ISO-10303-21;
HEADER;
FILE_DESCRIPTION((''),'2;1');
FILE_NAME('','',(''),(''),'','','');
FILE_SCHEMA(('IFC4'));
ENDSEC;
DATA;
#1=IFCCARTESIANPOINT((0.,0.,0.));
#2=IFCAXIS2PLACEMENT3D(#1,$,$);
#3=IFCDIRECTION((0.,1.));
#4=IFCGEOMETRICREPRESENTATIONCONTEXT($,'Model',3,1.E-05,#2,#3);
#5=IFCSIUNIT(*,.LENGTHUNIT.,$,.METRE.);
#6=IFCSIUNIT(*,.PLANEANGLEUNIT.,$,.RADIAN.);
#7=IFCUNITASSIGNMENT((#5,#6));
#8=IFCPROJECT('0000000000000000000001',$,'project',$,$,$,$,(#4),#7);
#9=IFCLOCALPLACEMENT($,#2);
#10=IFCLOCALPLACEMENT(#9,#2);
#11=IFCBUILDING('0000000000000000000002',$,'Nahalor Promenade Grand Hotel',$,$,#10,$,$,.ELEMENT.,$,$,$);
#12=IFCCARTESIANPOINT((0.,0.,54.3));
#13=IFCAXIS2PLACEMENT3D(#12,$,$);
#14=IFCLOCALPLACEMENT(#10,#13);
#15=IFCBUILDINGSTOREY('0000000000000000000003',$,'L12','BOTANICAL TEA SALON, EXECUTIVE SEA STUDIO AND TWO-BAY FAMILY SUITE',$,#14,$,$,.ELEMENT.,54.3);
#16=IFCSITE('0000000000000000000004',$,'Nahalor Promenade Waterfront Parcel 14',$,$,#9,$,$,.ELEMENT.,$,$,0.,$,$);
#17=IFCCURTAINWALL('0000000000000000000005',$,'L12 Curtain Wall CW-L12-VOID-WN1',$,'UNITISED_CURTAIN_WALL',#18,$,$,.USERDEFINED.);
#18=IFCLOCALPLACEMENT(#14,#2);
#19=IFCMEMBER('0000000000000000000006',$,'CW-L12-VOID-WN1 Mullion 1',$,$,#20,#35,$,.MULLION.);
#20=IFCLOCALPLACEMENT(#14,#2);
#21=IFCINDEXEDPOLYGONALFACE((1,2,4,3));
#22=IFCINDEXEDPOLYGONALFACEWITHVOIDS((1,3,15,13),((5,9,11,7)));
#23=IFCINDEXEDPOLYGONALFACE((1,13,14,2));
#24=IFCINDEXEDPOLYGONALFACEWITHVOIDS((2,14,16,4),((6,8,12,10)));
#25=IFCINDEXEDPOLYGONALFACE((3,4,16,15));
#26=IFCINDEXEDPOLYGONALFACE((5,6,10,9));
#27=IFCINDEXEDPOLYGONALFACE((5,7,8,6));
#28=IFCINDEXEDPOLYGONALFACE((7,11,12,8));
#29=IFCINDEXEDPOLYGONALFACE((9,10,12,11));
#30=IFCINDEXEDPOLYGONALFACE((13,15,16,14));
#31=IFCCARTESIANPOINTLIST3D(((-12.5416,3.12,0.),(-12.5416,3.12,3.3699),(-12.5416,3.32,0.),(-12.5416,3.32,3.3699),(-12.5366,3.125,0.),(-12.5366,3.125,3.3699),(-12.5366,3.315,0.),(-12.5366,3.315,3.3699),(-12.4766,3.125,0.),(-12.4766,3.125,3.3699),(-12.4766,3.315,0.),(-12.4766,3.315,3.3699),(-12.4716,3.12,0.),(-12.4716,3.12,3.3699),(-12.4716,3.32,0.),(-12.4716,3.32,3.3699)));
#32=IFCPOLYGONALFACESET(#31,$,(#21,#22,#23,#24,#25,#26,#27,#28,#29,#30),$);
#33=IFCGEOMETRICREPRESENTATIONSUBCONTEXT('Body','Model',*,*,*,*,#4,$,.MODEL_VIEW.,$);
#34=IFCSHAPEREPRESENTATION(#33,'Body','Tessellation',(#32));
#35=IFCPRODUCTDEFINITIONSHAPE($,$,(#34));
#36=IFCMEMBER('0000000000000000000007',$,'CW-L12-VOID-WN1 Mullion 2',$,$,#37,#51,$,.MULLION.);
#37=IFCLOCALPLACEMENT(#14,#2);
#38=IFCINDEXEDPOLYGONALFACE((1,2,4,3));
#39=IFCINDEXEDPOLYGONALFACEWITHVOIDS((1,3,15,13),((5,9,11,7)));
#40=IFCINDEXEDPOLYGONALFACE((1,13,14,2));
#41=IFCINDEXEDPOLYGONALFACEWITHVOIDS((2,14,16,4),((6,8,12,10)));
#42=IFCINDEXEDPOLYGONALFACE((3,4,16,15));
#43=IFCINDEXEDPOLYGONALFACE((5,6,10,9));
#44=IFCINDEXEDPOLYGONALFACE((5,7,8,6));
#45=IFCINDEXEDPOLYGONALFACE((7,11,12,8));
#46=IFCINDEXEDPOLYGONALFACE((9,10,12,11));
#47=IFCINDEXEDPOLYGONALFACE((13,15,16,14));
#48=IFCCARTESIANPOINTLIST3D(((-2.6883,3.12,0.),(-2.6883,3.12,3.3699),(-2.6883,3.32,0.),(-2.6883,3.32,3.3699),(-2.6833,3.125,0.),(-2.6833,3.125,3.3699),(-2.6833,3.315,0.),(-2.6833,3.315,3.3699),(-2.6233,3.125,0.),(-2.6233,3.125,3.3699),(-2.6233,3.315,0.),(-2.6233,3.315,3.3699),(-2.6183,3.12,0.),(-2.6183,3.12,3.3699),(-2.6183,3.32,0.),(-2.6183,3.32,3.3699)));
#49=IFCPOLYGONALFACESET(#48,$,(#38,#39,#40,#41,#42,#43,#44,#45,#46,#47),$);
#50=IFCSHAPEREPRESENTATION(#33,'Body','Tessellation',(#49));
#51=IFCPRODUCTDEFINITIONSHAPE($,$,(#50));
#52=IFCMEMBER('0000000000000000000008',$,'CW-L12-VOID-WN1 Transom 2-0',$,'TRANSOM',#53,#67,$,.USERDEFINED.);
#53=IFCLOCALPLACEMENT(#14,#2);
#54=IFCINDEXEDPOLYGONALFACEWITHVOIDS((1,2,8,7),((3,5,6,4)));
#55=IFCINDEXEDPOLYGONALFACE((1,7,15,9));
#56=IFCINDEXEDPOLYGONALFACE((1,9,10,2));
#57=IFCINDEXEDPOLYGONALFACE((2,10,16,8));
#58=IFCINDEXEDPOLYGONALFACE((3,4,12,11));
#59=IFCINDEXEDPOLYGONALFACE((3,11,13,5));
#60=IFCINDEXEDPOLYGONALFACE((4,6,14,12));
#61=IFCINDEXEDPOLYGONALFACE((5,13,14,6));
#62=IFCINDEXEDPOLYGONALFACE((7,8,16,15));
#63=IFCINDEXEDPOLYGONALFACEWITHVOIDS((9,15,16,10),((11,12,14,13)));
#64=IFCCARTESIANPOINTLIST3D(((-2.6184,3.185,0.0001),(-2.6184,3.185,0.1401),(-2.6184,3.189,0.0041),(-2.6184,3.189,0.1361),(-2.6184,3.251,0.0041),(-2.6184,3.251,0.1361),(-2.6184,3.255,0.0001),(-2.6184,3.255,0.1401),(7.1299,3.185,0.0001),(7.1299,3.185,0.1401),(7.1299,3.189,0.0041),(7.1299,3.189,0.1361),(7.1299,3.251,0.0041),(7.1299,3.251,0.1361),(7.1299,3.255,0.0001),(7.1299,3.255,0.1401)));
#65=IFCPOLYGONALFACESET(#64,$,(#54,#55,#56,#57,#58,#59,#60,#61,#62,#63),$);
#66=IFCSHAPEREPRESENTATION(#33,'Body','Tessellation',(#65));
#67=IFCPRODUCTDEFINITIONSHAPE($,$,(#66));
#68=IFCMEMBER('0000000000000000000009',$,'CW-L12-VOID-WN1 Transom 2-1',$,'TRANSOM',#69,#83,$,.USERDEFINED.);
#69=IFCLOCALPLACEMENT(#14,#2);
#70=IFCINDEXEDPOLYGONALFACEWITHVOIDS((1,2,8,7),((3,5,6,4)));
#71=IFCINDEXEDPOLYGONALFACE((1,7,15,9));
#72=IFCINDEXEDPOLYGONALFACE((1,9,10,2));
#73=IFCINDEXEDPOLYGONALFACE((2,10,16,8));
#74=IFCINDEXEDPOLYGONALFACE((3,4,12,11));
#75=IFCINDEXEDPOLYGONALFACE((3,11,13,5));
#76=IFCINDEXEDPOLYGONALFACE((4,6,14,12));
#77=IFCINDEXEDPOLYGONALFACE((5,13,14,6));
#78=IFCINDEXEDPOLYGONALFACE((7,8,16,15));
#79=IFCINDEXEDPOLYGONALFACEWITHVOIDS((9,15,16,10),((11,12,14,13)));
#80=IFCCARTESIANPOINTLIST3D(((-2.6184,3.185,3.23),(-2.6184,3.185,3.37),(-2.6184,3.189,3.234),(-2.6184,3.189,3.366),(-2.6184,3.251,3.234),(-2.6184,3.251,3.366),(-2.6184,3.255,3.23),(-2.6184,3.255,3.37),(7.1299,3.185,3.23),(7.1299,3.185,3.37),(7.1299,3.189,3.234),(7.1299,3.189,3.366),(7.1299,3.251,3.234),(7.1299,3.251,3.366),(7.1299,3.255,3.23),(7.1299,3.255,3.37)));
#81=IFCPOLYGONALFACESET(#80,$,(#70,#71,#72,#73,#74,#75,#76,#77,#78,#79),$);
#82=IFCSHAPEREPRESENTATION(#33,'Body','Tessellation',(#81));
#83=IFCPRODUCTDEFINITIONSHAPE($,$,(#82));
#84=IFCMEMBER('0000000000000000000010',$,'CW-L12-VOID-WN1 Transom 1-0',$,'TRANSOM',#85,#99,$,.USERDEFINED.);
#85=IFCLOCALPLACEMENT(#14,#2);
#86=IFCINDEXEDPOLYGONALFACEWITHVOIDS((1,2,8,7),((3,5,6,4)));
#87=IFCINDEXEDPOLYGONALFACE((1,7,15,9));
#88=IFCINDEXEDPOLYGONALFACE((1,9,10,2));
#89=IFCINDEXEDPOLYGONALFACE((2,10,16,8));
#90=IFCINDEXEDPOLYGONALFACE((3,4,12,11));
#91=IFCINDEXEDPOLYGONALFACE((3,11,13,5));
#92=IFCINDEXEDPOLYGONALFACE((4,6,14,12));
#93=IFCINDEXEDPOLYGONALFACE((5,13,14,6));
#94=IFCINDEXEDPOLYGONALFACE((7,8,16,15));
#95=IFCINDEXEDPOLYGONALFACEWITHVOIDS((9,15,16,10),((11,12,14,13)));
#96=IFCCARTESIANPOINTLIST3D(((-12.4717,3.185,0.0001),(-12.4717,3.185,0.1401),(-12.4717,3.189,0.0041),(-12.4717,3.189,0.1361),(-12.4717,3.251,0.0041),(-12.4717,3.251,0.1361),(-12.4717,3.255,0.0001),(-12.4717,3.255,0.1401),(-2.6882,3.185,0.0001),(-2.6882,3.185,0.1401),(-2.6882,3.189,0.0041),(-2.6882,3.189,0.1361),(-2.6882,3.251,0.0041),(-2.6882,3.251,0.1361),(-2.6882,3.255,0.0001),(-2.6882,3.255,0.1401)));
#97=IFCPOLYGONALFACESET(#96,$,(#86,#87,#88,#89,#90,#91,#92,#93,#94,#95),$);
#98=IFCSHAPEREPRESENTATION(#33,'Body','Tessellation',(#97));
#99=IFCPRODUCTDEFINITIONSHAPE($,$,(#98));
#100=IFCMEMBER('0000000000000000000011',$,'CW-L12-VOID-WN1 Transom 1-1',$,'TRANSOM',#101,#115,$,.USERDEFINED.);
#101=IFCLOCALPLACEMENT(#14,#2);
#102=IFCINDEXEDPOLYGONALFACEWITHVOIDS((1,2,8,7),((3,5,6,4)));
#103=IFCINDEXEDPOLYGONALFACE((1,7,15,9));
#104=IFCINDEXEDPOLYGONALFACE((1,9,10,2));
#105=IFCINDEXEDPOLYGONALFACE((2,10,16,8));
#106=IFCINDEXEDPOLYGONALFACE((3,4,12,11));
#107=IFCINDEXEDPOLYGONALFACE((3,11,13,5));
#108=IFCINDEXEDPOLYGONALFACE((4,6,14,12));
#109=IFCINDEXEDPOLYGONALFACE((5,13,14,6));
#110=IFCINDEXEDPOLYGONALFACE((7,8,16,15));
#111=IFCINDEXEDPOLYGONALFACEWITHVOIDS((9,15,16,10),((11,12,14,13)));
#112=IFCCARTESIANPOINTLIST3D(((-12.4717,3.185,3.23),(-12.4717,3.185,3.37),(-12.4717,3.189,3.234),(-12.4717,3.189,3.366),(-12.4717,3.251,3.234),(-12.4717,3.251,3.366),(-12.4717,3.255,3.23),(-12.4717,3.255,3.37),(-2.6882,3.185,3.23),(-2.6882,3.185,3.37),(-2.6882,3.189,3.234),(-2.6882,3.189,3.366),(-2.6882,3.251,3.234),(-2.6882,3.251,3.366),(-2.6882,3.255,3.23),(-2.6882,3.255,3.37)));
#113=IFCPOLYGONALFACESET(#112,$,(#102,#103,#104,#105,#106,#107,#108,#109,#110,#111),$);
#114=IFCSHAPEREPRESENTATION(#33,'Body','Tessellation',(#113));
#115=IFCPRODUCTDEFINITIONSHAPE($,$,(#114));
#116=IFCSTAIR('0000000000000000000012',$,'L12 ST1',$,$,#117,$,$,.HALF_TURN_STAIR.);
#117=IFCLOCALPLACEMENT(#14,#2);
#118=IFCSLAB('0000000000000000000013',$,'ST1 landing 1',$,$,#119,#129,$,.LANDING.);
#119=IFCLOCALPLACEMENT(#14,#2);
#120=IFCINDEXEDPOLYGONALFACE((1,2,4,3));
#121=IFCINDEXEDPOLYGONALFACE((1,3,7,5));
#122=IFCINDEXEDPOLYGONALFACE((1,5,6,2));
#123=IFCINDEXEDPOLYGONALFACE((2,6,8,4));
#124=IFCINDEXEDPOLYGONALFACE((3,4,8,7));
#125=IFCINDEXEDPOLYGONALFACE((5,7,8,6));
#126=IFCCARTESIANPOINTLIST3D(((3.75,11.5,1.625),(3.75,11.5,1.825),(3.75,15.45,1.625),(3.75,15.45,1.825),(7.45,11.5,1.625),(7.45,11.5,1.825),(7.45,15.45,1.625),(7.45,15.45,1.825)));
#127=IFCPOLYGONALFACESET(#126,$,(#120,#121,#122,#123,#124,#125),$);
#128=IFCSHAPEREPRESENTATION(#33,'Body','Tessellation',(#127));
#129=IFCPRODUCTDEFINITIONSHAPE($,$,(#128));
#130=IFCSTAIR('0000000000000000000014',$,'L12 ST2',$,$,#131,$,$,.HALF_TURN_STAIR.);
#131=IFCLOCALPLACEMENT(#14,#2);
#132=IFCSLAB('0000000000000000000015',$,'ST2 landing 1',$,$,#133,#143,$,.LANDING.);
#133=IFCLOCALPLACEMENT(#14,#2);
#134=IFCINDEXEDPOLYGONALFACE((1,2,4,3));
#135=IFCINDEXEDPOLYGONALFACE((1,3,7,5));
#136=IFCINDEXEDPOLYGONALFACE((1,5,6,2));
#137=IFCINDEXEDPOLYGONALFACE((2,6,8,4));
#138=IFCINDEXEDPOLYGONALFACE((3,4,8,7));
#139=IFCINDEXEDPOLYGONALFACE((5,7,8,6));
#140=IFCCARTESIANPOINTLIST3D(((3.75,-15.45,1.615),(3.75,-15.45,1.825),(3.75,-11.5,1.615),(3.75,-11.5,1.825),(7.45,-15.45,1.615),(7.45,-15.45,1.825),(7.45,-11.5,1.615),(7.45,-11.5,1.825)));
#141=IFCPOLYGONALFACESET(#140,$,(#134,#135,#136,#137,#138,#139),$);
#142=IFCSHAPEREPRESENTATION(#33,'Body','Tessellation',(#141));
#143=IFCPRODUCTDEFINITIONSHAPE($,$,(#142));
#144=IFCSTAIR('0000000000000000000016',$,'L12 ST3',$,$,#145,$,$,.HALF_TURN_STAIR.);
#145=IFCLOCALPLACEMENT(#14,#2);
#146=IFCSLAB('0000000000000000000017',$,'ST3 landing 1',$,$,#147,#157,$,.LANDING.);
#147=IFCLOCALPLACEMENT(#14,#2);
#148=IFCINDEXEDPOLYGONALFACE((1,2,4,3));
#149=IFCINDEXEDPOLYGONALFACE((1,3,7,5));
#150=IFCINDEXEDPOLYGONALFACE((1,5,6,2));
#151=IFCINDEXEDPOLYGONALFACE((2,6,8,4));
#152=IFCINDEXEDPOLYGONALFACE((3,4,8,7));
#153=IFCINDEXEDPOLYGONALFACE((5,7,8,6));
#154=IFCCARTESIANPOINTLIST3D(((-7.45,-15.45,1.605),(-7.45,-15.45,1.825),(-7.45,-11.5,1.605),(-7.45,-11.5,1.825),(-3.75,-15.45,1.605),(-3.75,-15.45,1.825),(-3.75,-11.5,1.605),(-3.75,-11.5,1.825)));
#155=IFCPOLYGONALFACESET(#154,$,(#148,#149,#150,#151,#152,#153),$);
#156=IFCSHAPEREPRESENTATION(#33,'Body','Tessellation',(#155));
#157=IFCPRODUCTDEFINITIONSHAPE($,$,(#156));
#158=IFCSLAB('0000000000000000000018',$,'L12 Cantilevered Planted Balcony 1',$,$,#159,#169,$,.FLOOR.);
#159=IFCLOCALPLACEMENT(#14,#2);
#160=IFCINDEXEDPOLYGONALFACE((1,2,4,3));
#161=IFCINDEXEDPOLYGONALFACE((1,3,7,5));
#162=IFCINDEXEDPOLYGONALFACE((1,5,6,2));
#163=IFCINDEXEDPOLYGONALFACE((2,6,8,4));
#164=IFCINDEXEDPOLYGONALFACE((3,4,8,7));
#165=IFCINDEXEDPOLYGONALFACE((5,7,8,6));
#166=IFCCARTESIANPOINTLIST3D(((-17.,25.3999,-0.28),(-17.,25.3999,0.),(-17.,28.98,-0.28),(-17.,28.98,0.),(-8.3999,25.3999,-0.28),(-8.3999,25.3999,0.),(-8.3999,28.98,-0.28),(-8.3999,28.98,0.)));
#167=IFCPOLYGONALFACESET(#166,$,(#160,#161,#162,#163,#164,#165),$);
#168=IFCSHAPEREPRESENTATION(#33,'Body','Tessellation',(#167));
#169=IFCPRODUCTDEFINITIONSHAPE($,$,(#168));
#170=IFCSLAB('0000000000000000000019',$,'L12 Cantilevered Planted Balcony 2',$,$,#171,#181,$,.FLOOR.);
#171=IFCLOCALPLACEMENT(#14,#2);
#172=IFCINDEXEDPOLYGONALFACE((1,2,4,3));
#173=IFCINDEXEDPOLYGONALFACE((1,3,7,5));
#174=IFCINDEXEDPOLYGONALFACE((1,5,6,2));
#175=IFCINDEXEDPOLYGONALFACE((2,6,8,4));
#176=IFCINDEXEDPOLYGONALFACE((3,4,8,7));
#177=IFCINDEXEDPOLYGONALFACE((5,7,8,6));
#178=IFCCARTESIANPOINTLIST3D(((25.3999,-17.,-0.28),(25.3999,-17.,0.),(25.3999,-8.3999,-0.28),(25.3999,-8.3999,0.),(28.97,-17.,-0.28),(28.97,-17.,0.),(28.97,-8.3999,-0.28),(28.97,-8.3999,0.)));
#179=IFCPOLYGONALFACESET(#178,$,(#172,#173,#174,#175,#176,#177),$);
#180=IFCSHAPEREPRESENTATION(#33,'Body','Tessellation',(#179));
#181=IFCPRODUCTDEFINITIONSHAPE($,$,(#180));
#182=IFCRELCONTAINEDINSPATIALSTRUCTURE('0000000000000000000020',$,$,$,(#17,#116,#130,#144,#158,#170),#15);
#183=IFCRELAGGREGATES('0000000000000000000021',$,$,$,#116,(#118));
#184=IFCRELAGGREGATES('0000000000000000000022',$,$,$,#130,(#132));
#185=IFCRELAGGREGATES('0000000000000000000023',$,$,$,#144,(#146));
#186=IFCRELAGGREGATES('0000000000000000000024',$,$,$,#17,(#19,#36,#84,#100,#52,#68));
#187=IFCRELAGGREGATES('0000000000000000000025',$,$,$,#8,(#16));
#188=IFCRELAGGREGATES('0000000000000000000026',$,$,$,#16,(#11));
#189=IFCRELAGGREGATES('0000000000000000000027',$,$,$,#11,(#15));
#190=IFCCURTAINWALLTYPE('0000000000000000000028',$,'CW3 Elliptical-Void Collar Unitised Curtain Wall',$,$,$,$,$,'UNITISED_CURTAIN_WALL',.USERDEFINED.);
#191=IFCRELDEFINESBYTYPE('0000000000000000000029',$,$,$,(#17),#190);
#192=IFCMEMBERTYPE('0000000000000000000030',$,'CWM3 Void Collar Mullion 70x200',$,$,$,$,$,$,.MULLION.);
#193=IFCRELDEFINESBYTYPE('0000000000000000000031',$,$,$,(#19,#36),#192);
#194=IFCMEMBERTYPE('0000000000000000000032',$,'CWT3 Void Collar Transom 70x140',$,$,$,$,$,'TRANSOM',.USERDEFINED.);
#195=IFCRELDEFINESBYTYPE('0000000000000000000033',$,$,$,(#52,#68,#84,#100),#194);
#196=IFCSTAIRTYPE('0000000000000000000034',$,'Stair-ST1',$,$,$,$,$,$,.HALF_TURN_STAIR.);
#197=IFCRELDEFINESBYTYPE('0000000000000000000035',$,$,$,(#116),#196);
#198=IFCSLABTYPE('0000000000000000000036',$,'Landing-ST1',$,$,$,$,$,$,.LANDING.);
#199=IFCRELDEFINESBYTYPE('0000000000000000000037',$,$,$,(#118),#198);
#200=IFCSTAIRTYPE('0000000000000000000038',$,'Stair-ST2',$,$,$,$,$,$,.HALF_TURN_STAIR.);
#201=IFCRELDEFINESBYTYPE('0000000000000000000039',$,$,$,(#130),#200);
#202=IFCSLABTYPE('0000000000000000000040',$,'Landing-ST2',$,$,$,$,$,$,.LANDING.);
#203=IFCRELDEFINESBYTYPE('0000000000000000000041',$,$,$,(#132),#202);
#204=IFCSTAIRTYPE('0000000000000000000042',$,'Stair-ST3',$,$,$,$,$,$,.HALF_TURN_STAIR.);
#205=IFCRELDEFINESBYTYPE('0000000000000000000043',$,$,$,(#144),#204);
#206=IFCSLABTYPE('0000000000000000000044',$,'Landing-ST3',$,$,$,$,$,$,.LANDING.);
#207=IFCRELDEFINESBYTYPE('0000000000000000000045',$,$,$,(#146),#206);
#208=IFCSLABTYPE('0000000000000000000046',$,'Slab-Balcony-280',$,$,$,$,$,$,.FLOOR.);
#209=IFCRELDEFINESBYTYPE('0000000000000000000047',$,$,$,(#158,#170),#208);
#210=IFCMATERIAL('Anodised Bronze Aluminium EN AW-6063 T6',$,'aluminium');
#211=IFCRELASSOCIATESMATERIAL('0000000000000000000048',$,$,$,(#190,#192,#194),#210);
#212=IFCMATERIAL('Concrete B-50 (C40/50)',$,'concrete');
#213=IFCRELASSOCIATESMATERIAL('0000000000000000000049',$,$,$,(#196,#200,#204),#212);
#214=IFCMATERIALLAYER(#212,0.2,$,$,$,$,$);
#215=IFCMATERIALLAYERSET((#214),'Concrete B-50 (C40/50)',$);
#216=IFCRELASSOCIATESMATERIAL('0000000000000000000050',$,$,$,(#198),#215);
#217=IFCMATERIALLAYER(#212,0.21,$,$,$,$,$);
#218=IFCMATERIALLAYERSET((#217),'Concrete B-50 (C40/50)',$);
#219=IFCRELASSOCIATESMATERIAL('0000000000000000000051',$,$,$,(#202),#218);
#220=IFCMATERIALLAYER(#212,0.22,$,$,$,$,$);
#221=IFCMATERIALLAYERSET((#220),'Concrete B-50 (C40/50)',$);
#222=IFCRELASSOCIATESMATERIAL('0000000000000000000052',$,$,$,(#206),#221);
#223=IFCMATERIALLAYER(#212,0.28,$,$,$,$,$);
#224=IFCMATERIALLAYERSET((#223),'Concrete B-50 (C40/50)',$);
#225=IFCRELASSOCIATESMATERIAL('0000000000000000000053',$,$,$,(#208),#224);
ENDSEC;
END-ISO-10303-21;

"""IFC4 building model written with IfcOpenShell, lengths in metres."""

from ifc_helpers import new_model, si_unit, direction, frame, origin, origin_2d, place, context, subcontext, project, spatial, polyline, hollow_rectangle, outline, extrude, source, transform, mapped, material, layer, layer_set, material_profile, profile_set, type_object, element, aggregate, save


model = new_model("IFC4")

# Units and contexts
model_context = context("Model", 3, precision=1e-05, world=origin(), true_north=direction((0.0, 1.0)))
body_context = subcontext(model_context, "Body", "Model", "MODEL_VIEW")
ifc_project = project(units=[si_unit("LENGTHUNIT", "METRE"), si_unit("PLANEANGLEUNIT", "RADIAN")], contexts=[model_context])

# Site, building, storey
site_placement = place(None, origin())
site = spatial("IfcSite", under=ifc_project, at=site_placement, Name="Nahalor Promenade Waterfront Parcel 14", CompositionType="ELEMENT", RefElevation=0.0)
building_placement = place(site_placement, origin())
building = spatial("IfcBuilding", under=site, at=building_placement, Name="Nahalor Promenade Grand Hotel", CompositionType="ELEMENT")
storey_placement = place(building_placement, frame((0.0, 0.0, 54.3)))
storey = spatial("IfcBuildingStorey", under=building, at=storey_placement, Name="L12", Description="BOTANICAL TEA SALON, EXECUTIVE SEA STUDIO AND TWO-BAY FAMILY SUITE", CompositionType="ELEMENT", Elevation=54.3)

# Curtain wall, members
ifc_material_1 = material(Name="Anodised Bronze Aluminium EN AW-6063 T6", Category="aluminium")
curtain_wall_type = type_object("IfcCurtainWallType", Name="CW3 Elliptical-Void Collar Unitised Curtain Wall", ElementType="UNITISED_CURTAIN_WALL", PredefinedType="USERDEFINED", material=ifc_material_1)
curtain_wall_placement = place(storey_placement, origin())
curtain_wall = element("IfcCurtainWall", 1, at=curtain_wall_placement, inside=storey, type_object=curtain_wall_type, Name="L12 Curtain Wall CW-L12-VOID-WN1", ObjectType="UNITISED_CURTAIN_WALL", PredefinedType="USERDEFINED")
ifc_material_profile_1 = material_profile(ifc_material_1, hollow_rectangle(XDim=0.07, YDim=0.2, WallThickness=0.005, at=origin_2d()), Name="CWM 70x200x5")
ifc_profile_set_1 = profile_set([ifc_material_profile_1], Name="Anodised Bronze Aluminium EN AW-6063 T6")
member_type_1 = type_object("IfcMemberType", Name="CWM3 Void Collar Mullion 70x200", PredefinedType="MULLION", material=ifc_profile_set_1)
shared_shape_1 = source(origin(), body_context, "Body", "SweptSolid", [
    extrude(hollow_rectangle(XDim=0.07, YDim=0.2, WallThickness=0.005, at=origin_2d()), origin(), (0.0, 0.0, 1.0), 3.3699),
])
member_1_placement = place(storey_placement, frame((-12.5066, 3.22, 0.0), z_axis=(0.0, 0.0, 1.0), x_axis=(1.0, 0.0, 0.0)))
member_1 = element("IfcMember", 2, at=member_1_placement, type_object=member_type_1, Name="CW-L12-VOID-WN1 Mullion 1", PredefinedType="MULLION", context=body_context, shape_type="MappedRepresentation", body=[
    mapped(shared_shape_1, transform((0.0, 0.0, 0.0), scale=1.0)),
])
member_2_placement = place(storey_placement, frame((-2.6533, 3.22, 0.0), z_axis=(0.0, 0.0, 1.0), x_axis=(1.0, 0.0, 0.0)))
member_2 = element("IfcMember", 3, at=member_2_placement, type_object=member_type_1, Name="CW-L12-VOID-WN1 Mullion 2", PredefinedType="MULLION", context=body_context, shape_type="MappedRepresentation", body=[
    mapped(shared_shape_1, transform((0.0, 0.0, 0.0), scale=1.0)),
])
ifc_material_profile_2 = material_profile(ifc_material_1, hollow_rectangle(XDim=0.07, YDim=0.14, WallThickness=0.004, at=origin_2d()), Name="CWT 70x140x4")
ifc_profile_set_2 = profile_set([ifc_material_profile_2], Name="Anodised Bronze Aluminium EN AW-6063 T6")
member_type_2 = type_object("IfcMemberType", Name="CWT3 Void Collar Transom 70x140", ElementType="TRANSOM", PredefinedType="USERDEFINED", material=ifc_profile_set_2)
shared_shape_2 = source(origin(), body_context, "Body", "SweptSolid", [
    extrude(hollow_rectangle(XDim=0.07, YDim=0.14, WallThickness=0.004, at=origin_2d()), origin(), (0.0, 0.0, 1.0), 9.7483),
])
member_3_placement = place(storey_placement, frame((-2.6184, 3.22, 0.0701), z_axis=(1.0, 0.0, 0.0), x_axis=(0.0, 1.0, 0.0)))
member_3 = element("IfcMember", 4, at=member_3_placement, type_object=member_type_2, Name="CW-L12-VOID-WN1 Transom 2-0", ObjectType="TRANSOM", PredefinedType="USERDEFINED", context=body_context, shape_type="MappedRepresentation", body=[
    mapped(shared_shape_2, transform((0.0, 0.0, 0.0), scale=1.0)),
])
member_4_placement = place(storey_placement, frame((-2.6184, 3.22, 3.3), z_axis=(1.0, 0.0, 0.0), x_axis=(0.0, 1.0, 0.0)))
member_4 = element("IfcMember", 5, at=member_4_placement, type_object=member_type_2, Name="CW-L12-VOID-WN1 Transom 2-1", ObjectType="TRANSOM", PredefinedType="USERDEFINED", context=body_context, shape_type="MappedRepresentation", body=[
    mapped(shared_shape_2, transform((0.0, 0.0, 0.0), scale=1.0)),
])
shared_shape_3 = source(origin(), body_context, "Body", "SweptSolid", [
    extrude(hollow_rectangle(XDim=0.07, YDim=0.14, WallThickness=0.004, at=origin_2d()), origin(), (0.0, 0.0, 1.0), 9.7834),
])
member_5_placement = place(storey_placement, frame((-12.4717, 3.22, 0.0701), z_axis=(1.0, 0.0, 0.0), x_axis=(0.0, 1.0, 0.0)))
member_5 = element("IfcMember", 6, at=member_5_placement, type_object=member_type_2, Name="CW-L12-VOID-WN1 Transom 1-0", ObjectType="TRANSOM", PredefinedType="USERDEFINED", context=body_context, shape_type="MappedRepresentation", body=[
    mapped(shared_shape_3, transform((0.0, 0.0, 0.0), scale=1.0)),
])
member_6_placement = place(storey_placement, frame((-12.4717, 3.22, 3.3), z_axis=(1.0, 0.0, 0.0), x_axis=(0.0, 1.0, 0.0)))
member_6 = element("IfcMember", 7, at=member_6_placement, type_object=member_type_2, Name="CW-L12-VOID-WN1 Transom 1-1", ObjectType="TRANSOM", PredefinedType="USERDEFINED", context=body_context, shape_type="MappedRepresentation", body=[
    mapped(shared_shape_3, transform((0.0, 0.0, 0.0), scale=1.0)),
])

# Stairs, slabs
ifc_material_2 = material(Name="Concrete B-50 (C40/50)", Category="concrete")
stair_type_1 = type_object("IfcStairType", Name="Stair-ST1", PredefinedType="HALF_TURN_STAIR", material=ifc_material_2)
stair_1_placement = place(storey_placement, origin())
stair_1 = element("IfcStair", 8, at=stair_1_placement, inside=storey, type_object=stair_type_1, Name="L12 ST1", PredefinedType="HALF_TURN_STAIR")
ifc_layer_1 = layer(ifc_material_2, 0.2)
ifc_layer_set_1 = layer_set([ifc_layer_1], Name="Concrete B-50 (C40/50)")
slab_type_1 = type_object("IfcSlabType", Name="Landing-ST1", PredefinedType="LANDING", material=ifc_layer_set_1)
slab_1_placement = place(storey_placement, frame((0.0, 0.0, 1.625)))
slab_1 = element("IfcSlab", 9, at=slab_1_placement, type_object=slab_type_1, Name="ST1 landing 1", PredefinedType="LANDING", context=body_context, shape_type="SweptSolid", body=[
    extrude(outline(polyline([(7.45, 11.5), (7.45, 15.45), (3.75, 15.45), (3.75, 11.5), (7.45, 11.5)])), origin(), (0.0, 0.0, 1.0), 0.2),
])
aggregate(stair_1, [slab_1])
stair_type_2 = type_object("IfcStairType", Name="Stair-ST2", PredefinedType="HALF_TURN_STAIR", material=ifc_material_2)
stair_2_placement = place(storey_placement, origin())
stair_2 = element("IfcStair", 10, at=stair_2_placement, inside=storey, type_object=stair_type_2, Name="L12 ST2", PredefinedType="HALF_TURN_STAIR")
ifc_layer_2 = layer(ifc_material_2, 0.21)
ifc_layer_set_2 = layer_set([ifc_layer_2], Name="Concrete B-50 (C40/50)")
slab_type_2 = type_object("IfcSlabType", Name="Landing-ST2", PredefinedType="LANDING", material=ifc_layer_set_2)
slab_2_placement = place(storey_placement, frame((0.0, 0.0, 1.615)))
slab_2 = element("IfcSlab", 11, at=slab_2_placement, type_object=slab_type_2, Name="ST2 landing 1", PredefinedType="LANDING", context=body_context, shape_type="SweptSolid", body=[
    extrude(outline(polyline([(3.75, -11.5), (3.75, -15.45), (7.45, -15.45), (7.45, -11.5), (3.75, -11.5)])), origin(), (0.0, 0.0, 1.0), 0.21),
])
aggregate(stair_2, [slab_2])
stair_type_3 = type_object("IfcStairType", Name="Stair-ST3", PredefinedType="HALF_TURN_STAIR", material=ifc_material_2)
stair_3_placement = place(storey_placement, origin())
stair_3 = element("IfcStair", 12, at=stair_3_placement, inside=storey, type_object=stair_type_3, Name="L12 ST3", PredefinedType="HALF_TURN_STAIR")
ifc_layer_3 = layer(ifc_material_2, 0.22)
ifc_layer_set_3 = layer_set([ifc_layer_3], Name="Concrete B-50 (C40/50)")
slab_type_3 = type_object("IfcSlabType", Name="Landing-ST3", PredefinedType="LANDING", material=ifc_layer_set_3)
slab_3_placement = place(storey_placement, frame((0.0, 0.0, 1.605)))
slab_3 = element("IfcSlab", 13, at=slab_3_placement, type_object=slab_type_3, Name="ST3 landing 1", PredefinedType="LANDING", context=body_context, shape_type="SweptSolid", body=[
    extrude(outline(polyline([(-7.45, -11.5), (-7.45, -15.45), (-3.75, -15.45), (-3.75, -11.5), (-7.45, -11.5)])), origin(), (0.0, 0.0, 1.0), 0.22),
])
aggregate(stair_3, [slab_3])

# Slabs
ifc_layer_4 = layer(ifc_material_2, 0.28)
ifc_layer_set_4 = layer_set([ifc_layer_4], Name="Concrete B-50 (C40/50)")
slab_type_4 = type_object("IfcSlabType", Name="Slab-Balcony-280", PredefinedType="FLOOR", material=ifc_layer_set_4)
slab_4_placement = place(storey_placement, frame((0.0, 0.0, -0.28)))
element("IfcSlab", 14, at=slab_4_placement, inside=storey, type_object=slab_type_4, Name="L12 Cantilevered Planted Balcony 1", PredefinedType="FLOOR", context=body_context, shape_type="SweptSolid", body=[
    extrude(outline(polyline([(-17.0, 25.3999), (-8.3999, 25.3999), (-8.3999, 28.98), (-17.0, 28.98), (-17.0, 25.3999)])), origin(), (0.0, 0.0, 1.0), 0.28),
])
slab_5_placement = place(storey_placement, frame((0.0, 0.0, -0.28)))
element("IfcSlab", 15, at=slab_5_placement, inside=storey, type_object=slab_type_4, Name="L12 Cantilevered Planted Balcony 2", PredefinedType="FLOOR", context=body_context, shape_type="SweptSolid", body=[
    extrude(outline(polyline([(25.3999, -17.0), (28.97, -17.0), (28.97, -8.3999), (25.3999, -8.3999), (25.3999, -17.0)])), origin(), (0.0, 0.0, 1.0), 0.28),
])

aggregate(curtain_wall, [member_1, member_2, member_5, member_6, member_3, member_4])

save(model, "model.ifc")
